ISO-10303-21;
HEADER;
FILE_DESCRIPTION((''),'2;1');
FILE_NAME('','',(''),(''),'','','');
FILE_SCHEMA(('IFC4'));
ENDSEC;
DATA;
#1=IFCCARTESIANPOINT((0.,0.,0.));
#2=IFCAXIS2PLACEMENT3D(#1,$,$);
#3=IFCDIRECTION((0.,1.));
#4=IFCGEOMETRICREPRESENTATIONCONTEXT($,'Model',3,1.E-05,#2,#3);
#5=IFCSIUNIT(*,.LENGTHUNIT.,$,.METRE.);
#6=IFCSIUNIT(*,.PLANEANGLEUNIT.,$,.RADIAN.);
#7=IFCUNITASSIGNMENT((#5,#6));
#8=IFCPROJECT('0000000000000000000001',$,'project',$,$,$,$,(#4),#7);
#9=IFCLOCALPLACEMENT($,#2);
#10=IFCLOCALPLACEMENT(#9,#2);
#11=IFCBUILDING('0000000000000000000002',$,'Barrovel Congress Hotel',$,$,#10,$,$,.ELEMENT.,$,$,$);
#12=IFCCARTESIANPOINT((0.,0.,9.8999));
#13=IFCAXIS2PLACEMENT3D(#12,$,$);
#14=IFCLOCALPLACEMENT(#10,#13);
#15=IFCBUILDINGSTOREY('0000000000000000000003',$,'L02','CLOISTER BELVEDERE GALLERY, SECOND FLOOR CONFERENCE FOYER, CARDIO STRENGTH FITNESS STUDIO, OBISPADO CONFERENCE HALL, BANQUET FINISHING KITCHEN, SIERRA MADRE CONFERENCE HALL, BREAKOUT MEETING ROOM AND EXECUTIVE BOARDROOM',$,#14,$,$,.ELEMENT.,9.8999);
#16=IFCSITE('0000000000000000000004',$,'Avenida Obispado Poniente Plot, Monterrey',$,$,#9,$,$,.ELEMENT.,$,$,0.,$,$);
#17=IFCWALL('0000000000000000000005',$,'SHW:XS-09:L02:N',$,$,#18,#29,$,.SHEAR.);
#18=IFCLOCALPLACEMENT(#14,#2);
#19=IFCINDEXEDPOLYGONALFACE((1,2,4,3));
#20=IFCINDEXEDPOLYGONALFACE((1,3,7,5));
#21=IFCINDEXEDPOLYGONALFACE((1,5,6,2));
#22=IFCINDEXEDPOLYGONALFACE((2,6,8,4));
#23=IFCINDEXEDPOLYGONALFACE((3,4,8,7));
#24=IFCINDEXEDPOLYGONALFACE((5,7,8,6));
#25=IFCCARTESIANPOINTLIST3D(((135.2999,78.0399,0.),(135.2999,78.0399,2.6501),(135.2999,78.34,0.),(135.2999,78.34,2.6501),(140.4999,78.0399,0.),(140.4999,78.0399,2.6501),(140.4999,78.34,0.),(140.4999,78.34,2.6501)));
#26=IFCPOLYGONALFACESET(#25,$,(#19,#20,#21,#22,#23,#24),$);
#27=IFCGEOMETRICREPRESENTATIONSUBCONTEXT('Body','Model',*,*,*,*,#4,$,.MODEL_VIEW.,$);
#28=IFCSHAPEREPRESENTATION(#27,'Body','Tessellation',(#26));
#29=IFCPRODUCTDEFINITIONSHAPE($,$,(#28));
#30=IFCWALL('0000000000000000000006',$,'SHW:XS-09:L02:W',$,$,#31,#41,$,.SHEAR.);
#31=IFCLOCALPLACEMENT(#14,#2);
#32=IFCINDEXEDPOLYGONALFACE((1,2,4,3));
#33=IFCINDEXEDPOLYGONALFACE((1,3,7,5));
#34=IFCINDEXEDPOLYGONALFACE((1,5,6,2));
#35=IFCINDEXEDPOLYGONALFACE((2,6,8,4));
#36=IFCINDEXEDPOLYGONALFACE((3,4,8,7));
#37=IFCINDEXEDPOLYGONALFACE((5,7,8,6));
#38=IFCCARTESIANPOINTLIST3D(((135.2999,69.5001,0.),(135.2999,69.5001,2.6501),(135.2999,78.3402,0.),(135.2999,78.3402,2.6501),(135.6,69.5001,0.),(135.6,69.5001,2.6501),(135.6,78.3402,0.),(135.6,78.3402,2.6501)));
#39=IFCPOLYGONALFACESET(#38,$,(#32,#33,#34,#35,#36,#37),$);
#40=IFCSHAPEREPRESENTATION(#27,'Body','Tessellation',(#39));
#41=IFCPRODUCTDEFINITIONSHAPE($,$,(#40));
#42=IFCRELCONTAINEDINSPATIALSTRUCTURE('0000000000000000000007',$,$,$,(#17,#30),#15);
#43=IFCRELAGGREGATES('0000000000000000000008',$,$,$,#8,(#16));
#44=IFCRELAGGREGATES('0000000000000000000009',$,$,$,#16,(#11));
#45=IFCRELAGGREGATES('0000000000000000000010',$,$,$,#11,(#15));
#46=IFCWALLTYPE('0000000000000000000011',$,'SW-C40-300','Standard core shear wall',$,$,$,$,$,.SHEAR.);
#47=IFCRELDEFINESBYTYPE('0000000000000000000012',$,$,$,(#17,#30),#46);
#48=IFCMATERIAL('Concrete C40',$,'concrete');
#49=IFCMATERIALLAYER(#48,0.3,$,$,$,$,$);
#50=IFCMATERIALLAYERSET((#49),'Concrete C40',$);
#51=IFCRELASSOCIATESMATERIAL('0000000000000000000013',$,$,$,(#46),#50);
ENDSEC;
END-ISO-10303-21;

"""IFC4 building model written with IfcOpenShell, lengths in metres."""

from ifc_helpers import new_model, si_unit, direction, frame, frame_2d, origin, place, context, subcontext, project, spatial, rectangle, extrude, material, layer, layer_set, type_object, element, save


model = new_model("IFC4")

# Units and contexts
model_context = context("Model", 3, precision=1e-05, world=origin(), true_north=direction((0.0, 1.0)))
body_context = subcontext(model_context, "Body", "Model", "MODEL_VIEW")
ifc_project = project(units=[si_unit("LENGTHUNIT", "METRE"), si_unit("PLANEANGLEUNIT", "RADIAN")], contexts=[model_context])

# Site, building, storey
site_placement = place(None, origin())
site = spatial("IfcSite", under=ifc_project, at=site_placement, Name="Avenida Obispado Poniente Plot, Monterrey", CompositionType="ELEMENT", RefElevation=0.0)
building_placement = place(site_placement, origin())
building = spatial("IfcBuilding", under=site, at=building_placement, Name="Barrovel Congress Hotel", CompositionType="ELEMENT")
storey_placement = place(building_placement, frame((0.0, 0.0, 9.8999)))
storey = spatial("IfcBuildingStorey", under=building, at=storey_placement, Name="L02", Description="CLOISTER BELVEDERE GALLERY, SECOND FLOOR CONFERENCE FOYER, CARDIO STRENGTH FITNESS STUDIO, OBISPADO CONFERENCE HALL, BANQUET FINISHING KITCHEN, SIERRA MADRE CONFERENCE HALL, BREAKOUT MEETING ROOM AND EXECUTIVE BOARDROOM", CompositionType="ELEMENT", Elevation=9.8999)

# Shared definitions
ifc_material_1 = material(Name="Concrete C40", Category="concrete")

# Walls
ifc_layer_1 = layer(ifc_material_1, 0.3)
ifc_layer_set_1 = layer_set([ifc_layer_1], Name="Concrete C40")
wall_type_1 = type_object("IfcWallType", Name="SW-C40-300", Description="Standard core shear wall", PredefinedType="SHEAR", material=ifc_layer_set_1)
wall_1_placement = place(storey_placement, frame((140.5, 78.1899, 0.0), z_axis=(0.0, 0.0, 1.0), x_axis=(-1.0, 0.0, 0.0)))
element("IfcWall", 1, at=wall_1_placement, inside=storey, type_object=wall_type_1, Name="SHW:XS-09:L02:N", PredefinedType="SHEAR", context=body_context, shape_type="SweptSolid", body=[
    extrude(rectangle(XDim=5.2, YDim=0.3, at=frame_2d((2.6001, 0.0))), origin(), (0.0, 0.0, 1.0), 2.6501),
])
wall_2_placement = place(storey_placement, frame((135.45, 78.3401, 0.0), z_axis=(0.0, 0.0, 1.0), x_axis=(0.0, -1.0, 0.0)))
element("IfcWall", 2, at=wall_2_placement, inside=storey, type_object=wall_type_1, Name="SHW:XS-09:L02:W", PredefinedType="SHEAR", context=body_context, shape_type="SweptSolid", body=[
    extrude(rectangle(XDim=8.8401, YDim=0.3, at=frame_2d((4.4199, 0.0))), origin(), (0.0, 0.0, 1.0), 2.6501),
])

save(model, "model.ifc")
